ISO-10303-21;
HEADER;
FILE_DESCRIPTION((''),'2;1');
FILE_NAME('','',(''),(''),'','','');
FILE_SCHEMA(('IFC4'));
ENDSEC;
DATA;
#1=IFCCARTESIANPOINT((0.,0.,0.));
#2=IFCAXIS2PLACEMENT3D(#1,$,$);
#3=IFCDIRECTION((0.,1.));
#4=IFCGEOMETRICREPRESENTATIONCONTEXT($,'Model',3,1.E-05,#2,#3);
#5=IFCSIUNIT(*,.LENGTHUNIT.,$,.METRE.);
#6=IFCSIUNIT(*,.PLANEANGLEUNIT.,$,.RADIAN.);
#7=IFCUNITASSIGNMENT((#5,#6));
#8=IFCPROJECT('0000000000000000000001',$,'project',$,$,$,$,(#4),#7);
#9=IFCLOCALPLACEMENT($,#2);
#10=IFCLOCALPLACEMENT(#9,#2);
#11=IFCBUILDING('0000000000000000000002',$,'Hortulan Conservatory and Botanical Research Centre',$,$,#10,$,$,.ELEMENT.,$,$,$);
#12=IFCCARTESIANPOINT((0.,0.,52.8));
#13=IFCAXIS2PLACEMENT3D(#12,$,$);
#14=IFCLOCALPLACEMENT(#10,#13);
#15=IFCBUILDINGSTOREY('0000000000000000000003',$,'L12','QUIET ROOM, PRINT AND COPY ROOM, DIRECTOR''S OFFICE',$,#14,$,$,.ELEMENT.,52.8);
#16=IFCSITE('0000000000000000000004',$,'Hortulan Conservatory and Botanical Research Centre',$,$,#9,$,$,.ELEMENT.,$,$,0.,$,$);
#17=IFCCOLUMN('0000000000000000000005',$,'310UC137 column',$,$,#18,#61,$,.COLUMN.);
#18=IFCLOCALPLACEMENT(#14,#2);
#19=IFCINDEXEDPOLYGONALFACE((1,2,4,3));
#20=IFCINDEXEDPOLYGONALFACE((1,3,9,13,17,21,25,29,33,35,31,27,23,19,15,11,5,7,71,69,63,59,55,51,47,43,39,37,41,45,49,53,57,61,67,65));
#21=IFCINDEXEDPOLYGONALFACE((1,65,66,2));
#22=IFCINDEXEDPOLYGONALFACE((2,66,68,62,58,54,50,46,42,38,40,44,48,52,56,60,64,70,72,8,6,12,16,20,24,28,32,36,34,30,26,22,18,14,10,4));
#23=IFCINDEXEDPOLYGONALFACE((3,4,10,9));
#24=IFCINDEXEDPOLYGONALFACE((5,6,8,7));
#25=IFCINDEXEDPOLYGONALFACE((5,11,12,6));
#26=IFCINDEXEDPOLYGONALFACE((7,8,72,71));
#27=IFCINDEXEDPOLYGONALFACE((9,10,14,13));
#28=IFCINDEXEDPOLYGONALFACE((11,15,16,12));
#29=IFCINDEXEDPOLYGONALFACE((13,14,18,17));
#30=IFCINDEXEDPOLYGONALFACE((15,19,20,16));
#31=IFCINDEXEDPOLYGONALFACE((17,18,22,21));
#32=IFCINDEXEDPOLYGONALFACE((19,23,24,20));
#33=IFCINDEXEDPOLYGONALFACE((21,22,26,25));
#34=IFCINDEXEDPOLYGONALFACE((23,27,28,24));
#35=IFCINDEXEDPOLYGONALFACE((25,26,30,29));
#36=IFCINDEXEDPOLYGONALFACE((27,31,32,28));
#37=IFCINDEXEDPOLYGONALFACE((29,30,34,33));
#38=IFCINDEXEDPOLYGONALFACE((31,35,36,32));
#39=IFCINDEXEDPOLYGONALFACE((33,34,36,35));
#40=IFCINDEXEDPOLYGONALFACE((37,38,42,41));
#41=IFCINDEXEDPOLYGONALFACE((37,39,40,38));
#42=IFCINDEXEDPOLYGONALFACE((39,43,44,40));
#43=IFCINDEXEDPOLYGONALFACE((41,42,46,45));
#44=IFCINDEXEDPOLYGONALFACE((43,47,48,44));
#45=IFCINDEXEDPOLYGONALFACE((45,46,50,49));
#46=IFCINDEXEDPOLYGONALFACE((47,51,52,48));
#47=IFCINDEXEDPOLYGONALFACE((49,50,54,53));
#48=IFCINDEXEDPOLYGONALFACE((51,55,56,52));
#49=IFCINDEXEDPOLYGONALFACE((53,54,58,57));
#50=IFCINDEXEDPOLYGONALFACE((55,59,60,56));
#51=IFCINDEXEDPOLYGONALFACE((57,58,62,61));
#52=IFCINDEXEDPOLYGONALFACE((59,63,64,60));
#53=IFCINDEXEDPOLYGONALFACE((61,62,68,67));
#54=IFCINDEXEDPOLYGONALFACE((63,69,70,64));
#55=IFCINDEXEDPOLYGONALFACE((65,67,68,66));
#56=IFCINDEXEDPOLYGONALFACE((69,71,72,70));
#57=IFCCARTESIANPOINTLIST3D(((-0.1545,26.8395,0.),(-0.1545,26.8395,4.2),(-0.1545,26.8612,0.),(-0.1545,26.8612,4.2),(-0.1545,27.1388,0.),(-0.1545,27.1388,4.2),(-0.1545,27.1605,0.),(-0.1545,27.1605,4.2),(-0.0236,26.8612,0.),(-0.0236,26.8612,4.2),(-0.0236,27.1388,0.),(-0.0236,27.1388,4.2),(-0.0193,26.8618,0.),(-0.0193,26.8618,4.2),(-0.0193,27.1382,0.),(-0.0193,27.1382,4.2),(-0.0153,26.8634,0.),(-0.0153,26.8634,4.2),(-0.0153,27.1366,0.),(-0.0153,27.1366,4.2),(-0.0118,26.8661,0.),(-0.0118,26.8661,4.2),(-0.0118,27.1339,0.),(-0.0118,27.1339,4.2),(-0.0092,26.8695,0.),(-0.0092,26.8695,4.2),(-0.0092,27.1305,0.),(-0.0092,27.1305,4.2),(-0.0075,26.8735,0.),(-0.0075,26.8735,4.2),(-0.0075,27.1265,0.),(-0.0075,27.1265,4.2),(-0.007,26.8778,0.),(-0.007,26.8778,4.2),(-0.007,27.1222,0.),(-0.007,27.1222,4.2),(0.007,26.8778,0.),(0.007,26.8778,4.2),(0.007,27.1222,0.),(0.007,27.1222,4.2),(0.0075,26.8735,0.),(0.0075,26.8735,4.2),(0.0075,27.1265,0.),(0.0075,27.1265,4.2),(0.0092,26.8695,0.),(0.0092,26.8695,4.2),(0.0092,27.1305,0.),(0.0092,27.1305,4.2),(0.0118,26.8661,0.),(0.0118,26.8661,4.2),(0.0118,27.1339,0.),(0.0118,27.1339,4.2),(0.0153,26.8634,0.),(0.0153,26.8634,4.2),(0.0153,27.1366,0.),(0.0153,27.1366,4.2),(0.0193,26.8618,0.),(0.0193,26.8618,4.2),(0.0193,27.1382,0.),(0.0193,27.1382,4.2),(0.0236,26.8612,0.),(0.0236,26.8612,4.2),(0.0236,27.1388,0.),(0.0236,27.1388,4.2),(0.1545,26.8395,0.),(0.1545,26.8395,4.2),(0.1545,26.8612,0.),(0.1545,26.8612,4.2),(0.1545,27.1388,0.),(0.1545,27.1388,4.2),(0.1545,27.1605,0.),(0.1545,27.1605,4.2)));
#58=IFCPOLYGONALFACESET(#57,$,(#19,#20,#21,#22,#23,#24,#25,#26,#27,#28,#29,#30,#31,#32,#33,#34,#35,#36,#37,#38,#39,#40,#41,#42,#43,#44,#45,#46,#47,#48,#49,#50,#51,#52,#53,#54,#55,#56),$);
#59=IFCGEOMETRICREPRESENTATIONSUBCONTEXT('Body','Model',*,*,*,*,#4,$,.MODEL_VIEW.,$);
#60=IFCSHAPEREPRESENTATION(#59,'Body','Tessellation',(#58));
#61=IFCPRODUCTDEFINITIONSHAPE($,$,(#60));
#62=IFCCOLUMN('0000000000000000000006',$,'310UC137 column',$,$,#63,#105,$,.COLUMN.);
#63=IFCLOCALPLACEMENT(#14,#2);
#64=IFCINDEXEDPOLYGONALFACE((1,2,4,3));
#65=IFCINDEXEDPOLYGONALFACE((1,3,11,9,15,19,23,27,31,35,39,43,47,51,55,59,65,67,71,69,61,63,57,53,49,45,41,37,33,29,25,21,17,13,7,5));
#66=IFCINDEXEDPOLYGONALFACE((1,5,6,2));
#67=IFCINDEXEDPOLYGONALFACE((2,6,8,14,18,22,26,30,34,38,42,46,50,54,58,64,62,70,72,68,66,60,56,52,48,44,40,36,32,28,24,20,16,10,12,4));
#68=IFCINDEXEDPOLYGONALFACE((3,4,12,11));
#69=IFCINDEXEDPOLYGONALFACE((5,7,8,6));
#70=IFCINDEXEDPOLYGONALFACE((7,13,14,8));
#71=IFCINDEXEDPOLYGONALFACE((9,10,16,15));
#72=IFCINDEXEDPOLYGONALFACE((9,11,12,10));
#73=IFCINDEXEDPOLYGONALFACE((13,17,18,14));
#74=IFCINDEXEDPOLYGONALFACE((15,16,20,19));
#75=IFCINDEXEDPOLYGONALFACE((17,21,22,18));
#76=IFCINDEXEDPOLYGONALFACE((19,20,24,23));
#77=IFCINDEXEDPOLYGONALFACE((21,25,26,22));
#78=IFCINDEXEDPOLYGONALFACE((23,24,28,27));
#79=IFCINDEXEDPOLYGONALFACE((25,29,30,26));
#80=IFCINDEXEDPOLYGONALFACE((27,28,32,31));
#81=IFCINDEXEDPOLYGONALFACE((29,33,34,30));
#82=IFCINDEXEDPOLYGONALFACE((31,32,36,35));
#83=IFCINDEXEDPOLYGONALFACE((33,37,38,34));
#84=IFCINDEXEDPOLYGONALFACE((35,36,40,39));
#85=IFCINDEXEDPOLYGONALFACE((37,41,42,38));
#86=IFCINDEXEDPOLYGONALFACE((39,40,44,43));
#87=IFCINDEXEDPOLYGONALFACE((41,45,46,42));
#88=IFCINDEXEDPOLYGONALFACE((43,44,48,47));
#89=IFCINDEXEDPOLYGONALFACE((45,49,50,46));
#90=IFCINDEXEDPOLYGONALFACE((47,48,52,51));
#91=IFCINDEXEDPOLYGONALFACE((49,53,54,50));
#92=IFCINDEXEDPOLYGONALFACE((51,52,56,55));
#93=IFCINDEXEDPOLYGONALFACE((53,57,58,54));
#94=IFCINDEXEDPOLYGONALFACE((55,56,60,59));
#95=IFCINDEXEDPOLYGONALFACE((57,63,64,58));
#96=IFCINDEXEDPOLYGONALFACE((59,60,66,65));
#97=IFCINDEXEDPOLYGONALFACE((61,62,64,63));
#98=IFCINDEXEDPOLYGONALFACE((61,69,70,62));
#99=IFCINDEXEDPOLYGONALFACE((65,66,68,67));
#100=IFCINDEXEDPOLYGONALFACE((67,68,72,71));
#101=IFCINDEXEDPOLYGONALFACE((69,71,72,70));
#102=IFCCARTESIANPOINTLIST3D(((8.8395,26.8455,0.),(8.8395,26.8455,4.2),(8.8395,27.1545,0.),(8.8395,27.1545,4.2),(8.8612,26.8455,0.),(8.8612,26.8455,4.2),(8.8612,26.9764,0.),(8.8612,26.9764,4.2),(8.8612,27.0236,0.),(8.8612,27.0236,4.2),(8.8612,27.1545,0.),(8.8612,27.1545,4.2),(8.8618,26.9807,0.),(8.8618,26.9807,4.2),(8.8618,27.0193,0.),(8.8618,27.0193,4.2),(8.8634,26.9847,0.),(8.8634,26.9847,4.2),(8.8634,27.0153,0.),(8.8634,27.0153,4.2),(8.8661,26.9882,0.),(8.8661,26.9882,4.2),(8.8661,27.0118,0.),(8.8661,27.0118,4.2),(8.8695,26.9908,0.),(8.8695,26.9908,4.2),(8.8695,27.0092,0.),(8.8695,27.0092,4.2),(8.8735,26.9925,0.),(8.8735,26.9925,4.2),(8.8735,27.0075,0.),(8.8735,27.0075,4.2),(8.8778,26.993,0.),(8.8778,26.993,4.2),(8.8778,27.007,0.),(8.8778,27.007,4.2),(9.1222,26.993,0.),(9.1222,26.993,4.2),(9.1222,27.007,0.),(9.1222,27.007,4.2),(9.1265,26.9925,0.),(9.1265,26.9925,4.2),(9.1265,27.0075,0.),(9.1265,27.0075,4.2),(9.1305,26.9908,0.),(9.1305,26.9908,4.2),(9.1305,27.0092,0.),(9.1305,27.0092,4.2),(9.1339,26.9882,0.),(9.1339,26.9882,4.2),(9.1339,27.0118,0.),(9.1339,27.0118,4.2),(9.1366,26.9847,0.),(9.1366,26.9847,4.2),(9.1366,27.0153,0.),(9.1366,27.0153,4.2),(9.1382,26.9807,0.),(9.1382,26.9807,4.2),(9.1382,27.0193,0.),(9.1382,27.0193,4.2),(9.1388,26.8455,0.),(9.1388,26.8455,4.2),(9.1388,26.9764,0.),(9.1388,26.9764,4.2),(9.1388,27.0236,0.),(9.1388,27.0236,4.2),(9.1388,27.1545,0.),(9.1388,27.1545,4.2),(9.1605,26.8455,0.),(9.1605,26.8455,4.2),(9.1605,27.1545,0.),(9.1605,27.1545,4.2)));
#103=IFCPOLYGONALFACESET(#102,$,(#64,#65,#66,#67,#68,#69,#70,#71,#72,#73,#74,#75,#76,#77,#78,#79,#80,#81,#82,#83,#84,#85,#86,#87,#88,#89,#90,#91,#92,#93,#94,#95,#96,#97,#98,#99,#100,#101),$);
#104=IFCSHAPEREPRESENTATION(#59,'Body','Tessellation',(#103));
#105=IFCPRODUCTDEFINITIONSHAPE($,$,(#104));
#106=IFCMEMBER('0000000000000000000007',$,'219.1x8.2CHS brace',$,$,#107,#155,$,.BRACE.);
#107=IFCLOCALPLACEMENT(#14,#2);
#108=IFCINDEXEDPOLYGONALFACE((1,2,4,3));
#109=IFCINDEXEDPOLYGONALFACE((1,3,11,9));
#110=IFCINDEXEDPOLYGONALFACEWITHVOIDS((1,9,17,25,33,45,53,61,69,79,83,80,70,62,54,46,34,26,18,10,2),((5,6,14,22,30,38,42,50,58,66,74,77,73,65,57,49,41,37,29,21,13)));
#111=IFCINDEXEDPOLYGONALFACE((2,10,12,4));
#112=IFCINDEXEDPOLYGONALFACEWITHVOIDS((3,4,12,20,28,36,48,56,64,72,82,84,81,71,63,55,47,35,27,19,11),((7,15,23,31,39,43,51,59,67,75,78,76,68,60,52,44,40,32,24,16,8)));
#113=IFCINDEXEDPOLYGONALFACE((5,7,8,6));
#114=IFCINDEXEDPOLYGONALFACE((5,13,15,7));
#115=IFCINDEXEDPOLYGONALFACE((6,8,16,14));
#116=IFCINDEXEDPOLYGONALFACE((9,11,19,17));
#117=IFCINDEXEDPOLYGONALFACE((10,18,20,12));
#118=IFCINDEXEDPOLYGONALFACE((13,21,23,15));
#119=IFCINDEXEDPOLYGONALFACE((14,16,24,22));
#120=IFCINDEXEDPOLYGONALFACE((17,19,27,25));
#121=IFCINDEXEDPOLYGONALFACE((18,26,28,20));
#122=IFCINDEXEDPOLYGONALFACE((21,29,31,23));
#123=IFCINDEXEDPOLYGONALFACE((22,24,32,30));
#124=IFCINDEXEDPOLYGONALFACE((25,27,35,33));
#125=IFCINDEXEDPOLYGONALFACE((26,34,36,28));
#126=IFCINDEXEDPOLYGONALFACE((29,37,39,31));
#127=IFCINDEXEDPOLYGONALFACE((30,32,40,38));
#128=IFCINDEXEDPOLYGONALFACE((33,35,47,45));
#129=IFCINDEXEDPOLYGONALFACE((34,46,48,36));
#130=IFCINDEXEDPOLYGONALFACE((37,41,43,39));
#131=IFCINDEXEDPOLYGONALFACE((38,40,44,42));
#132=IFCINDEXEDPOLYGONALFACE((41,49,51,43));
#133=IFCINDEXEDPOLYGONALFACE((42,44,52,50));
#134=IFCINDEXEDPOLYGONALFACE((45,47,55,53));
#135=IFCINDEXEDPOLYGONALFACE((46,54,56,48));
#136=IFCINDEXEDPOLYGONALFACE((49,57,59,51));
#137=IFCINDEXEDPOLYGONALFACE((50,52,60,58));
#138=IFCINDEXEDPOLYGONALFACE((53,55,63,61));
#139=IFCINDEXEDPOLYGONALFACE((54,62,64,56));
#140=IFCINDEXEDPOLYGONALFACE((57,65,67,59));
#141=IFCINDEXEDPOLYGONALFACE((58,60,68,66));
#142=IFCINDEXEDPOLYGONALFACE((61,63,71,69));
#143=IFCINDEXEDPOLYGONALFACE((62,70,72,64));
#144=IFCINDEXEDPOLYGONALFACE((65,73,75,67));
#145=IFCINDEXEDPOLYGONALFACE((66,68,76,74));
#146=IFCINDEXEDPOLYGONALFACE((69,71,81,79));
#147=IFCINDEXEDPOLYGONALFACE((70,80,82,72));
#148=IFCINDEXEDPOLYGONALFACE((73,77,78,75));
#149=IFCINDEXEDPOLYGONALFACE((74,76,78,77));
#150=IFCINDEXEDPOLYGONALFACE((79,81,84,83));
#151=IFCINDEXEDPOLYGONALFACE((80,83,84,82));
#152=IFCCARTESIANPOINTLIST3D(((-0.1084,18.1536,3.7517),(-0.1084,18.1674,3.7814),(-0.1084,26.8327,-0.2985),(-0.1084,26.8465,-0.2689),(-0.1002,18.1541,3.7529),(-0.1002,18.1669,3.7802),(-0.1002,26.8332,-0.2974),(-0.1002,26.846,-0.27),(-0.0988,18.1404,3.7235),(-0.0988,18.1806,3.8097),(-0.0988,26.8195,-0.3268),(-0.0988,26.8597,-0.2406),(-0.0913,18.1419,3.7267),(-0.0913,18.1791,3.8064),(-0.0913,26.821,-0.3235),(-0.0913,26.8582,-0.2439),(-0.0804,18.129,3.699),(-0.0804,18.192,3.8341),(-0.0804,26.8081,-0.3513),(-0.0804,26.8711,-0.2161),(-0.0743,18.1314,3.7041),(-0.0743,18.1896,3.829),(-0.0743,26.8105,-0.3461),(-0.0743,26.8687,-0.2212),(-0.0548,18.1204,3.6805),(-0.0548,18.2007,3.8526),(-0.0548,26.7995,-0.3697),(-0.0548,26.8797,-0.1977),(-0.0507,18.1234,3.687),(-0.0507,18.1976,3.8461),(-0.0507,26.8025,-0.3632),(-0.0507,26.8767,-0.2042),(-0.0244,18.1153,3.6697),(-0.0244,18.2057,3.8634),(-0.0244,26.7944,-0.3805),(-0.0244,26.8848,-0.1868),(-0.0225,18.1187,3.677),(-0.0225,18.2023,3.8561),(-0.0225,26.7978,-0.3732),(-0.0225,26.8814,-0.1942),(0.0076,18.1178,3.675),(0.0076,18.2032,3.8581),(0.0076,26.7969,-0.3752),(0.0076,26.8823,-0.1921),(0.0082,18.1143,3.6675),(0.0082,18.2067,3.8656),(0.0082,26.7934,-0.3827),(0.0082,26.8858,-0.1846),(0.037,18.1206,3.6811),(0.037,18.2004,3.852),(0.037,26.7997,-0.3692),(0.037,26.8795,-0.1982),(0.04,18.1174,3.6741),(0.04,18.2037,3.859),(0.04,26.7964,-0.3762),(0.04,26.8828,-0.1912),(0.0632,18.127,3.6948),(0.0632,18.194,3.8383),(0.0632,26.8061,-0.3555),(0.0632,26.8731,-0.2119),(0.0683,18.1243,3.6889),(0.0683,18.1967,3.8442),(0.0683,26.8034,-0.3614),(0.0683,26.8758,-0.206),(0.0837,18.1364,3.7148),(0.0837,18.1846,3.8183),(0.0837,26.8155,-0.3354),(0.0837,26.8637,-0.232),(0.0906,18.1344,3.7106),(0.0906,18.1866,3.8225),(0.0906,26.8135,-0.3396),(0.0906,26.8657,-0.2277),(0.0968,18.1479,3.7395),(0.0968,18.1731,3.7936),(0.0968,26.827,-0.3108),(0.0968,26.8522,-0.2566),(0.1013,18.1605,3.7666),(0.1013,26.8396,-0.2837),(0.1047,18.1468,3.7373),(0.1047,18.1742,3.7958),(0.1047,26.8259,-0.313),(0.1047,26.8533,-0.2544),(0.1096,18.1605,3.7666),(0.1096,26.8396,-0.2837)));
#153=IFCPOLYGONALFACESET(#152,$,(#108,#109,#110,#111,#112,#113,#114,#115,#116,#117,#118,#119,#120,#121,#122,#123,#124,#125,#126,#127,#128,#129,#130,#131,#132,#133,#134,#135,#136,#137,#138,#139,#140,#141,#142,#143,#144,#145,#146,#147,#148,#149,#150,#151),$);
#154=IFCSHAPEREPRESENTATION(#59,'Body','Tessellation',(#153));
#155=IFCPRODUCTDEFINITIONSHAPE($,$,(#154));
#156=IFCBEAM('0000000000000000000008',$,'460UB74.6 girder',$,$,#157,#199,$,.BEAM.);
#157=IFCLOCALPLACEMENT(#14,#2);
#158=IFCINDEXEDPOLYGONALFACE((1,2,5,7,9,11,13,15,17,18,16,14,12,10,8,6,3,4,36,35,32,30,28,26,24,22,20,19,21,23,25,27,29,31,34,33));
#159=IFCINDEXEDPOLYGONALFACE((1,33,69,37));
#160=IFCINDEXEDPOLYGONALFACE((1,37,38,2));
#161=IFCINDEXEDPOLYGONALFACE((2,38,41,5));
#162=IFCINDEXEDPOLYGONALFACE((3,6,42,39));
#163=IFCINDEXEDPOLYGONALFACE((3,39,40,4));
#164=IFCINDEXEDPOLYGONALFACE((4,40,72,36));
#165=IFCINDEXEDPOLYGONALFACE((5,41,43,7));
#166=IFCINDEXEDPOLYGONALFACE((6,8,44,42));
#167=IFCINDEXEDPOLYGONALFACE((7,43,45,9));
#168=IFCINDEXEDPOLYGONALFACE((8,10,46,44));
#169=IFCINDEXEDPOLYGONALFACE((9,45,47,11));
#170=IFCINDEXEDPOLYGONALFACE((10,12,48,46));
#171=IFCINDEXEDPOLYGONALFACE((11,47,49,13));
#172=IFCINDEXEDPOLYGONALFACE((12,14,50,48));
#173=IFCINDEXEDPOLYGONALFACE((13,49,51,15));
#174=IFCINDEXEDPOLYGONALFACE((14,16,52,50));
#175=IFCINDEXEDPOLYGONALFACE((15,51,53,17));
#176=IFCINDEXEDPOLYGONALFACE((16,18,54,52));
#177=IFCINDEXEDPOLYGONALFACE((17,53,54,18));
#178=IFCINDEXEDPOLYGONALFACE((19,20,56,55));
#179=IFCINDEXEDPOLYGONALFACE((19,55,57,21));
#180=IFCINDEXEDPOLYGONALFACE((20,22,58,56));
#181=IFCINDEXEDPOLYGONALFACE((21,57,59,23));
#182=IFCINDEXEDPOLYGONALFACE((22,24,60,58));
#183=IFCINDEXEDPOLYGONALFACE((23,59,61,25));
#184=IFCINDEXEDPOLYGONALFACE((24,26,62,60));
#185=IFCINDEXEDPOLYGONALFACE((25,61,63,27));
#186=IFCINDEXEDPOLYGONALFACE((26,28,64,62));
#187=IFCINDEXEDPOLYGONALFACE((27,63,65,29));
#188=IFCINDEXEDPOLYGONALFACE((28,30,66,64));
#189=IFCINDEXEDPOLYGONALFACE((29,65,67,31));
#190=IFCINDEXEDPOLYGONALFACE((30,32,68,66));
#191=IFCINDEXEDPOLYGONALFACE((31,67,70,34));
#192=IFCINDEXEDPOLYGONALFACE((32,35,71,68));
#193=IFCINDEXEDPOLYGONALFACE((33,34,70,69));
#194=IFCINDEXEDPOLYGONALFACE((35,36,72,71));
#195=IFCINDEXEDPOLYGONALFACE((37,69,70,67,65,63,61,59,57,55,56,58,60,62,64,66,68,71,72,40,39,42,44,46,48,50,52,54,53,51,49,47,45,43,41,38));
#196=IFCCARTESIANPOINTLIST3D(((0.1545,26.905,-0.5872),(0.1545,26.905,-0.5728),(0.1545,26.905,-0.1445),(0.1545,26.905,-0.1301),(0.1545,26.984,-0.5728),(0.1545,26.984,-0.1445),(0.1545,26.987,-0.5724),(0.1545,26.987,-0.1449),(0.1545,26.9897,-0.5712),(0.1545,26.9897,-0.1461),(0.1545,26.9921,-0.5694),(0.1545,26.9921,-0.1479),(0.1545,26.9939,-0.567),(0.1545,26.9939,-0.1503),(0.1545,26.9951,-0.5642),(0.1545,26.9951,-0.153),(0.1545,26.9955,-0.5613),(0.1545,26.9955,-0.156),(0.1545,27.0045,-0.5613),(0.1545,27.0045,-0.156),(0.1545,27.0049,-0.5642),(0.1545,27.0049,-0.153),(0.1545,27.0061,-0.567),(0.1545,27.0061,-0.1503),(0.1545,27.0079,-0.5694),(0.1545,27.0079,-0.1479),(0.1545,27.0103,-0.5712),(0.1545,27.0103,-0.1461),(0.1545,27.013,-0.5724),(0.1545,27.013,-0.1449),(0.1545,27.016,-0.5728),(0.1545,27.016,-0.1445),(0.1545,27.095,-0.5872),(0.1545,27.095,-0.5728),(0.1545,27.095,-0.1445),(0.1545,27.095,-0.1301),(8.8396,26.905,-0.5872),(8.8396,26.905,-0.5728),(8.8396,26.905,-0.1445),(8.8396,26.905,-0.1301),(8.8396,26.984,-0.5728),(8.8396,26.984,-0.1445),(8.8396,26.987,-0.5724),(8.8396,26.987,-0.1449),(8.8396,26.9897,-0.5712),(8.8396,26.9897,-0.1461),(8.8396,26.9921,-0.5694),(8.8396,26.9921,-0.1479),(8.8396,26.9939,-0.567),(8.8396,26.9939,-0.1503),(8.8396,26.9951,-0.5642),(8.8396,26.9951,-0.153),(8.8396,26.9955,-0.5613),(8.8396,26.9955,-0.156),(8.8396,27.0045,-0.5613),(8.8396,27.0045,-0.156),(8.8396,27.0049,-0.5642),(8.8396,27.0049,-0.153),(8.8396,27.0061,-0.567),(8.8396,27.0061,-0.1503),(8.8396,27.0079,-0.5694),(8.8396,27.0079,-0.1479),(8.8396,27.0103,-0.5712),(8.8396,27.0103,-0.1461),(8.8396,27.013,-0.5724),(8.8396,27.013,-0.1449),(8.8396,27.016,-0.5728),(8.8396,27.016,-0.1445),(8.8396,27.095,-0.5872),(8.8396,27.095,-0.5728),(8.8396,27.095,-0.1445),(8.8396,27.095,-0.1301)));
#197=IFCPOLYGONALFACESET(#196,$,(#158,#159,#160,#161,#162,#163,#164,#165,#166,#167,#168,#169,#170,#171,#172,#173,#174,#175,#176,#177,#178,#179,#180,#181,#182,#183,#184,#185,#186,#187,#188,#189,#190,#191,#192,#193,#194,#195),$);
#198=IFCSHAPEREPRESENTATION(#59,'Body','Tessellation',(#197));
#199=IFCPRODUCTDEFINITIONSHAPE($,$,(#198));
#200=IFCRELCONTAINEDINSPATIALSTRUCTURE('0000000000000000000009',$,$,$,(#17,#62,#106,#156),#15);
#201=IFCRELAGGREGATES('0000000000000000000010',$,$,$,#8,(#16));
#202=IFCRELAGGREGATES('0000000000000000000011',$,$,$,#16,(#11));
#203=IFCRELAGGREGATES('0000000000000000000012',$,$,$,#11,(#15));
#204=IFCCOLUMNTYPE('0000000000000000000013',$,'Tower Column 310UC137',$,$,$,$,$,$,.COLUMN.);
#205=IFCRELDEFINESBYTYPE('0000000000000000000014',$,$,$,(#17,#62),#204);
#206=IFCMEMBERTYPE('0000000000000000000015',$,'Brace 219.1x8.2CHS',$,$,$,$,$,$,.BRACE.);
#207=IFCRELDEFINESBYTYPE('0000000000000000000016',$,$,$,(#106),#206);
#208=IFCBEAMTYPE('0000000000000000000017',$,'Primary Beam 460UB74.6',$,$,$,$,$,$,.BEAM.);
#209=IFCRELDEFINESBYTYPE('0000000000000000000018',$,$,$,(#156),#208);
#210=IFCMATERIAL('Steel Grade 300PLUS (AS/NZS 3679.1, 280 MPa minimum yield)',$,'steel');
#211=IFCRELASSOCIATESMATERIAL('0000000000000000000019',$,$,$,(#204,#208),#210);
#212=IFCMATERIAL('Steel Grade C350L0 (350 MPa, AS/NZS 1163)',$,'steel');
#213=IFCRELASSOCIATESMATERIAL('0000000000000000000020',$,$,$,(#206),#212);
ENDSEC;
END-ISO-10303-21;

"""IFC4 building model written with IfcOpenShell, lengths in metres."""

from ifc_helpers import new_model, si_unit, direction, frame, origin, origin_2d, place, context, subcontext, project, spatial, hollow_circle, i_section, extrude, material, material_profile, profile_set, type_object, element, save


model = new_model("IFC4")

# Units and contexts
model_context = context("Model", 3, precision=1e-05, world=origin(), true_north=direction((0.0, 1.0)))
body_context = subcontext(model_context, "Body", "Model", "MODEL_VIEW")
ifc_project = project(units=[si_unit("LENGTHUNIT", "METRE"), si_unit("PLANEANGLEUNIT", "RADIAN")], contexts=[model_context])

# Site, building, storey
site_placement = place(None, origin())
site = spatial("IfcSite", under=ifc_project, at=site_placement, Name="Hortulan Conservatory and Botanical Research Centre", CompositionType="ELEMENT", RefElevation=0.0)
building_placement = place(site_placement, origin())
building = spatial("IfcBuilding", under=site, at=building_placement, Name="Hortulan Conservatory and Botanical Research Centre", CompositionType="ELEMENT")
storey_placement = place(building_placement, frame((0.0, 0.0, 52.8)))
storey = spatial("IfcBuildingStorey", under=building, at=storey_placement, Name="L12", Description="QUIET ROOM, PRINT AND COPY ROOM, DIRECTOR'S OFFICE", CompositionType="ELEMENT", Elevation=52.8)

# Columns
ifc_material_1 = material(Name="Steel Grade 300PLUS (AS/NZS 3679.1, 280 MPa minimum yield)", Category="steel")
ifc_material_profile_1 = material_profile(ifc_material_1, i_section(OverallWidth=0.3091, OverallDepth=0.321, WebThickness=0.0139, FlangeThickness=0.0217, FilletRadius=0.0166, at=origin_2d()), Name="310UC137")
ifc_profile_set_1 = profile_set([ifc_material_profile_1], Name="Steel Grade 300PLUS (AS/NZS 3679.1, 280 MPa minimum yield)")
column_type = type_object("IfcColumnType", Name="Tower Column 310UC137", PredefinedType="COLUMN", material=ifc_profile_set_1)
for number, where, z_axis, x_axis, name in (
    (1, (0.0, 27.0, 0.0), (0.0, 0.0, 1.0), (1.0, 0.0, 0.0), "310UC137 column"),
    (2, (9.0, 27.0, 0.0), (0.0, 0.0, 1.0), (0.0, 1.0, 0.0), "310UC137 column"),
):
    element("IfcColumn", number, at=place(storey_placement, frame(where, z_axis=z_axis, x_axis=x_axis)), inside=storey, type_object=column_type, Name=name, PredefinedType="COLUMN", context=body_context, shape_type="SweptSolid", body=[
        extrude(i_section(OverallWidth=0.3091, OverallDepth=0.321, WebThickness=0.0139, FlangeThickness=0.0217, FilletRadius=0.0166, at=origin_2d()), origin(), (0.0, 0.0, 1.0), 4.2),
    ])

# Member
ifc_material_2 = material(Name="Steel Grade C350L0 (350 MPa, AS/NZS 1163)", Category="steel")
ifc_material_profile_2 = material_profile(ifc_material_2, hollow_circle(Radius=0.1096, WallThickness=0.0083, at=origin_2d()), Name="219.1x8.2CHS")
ifc_profile_set_2 = profile_set([ifc_material_profile_2], Name="Steel Grade C350L0 (350 MPa, AS/NZS 1163)")
member_type = type_object("IfcMemberType", Name="Brace 219.1x8.2CHS", PredefinedType="BRACE", material=ifc_profile_set_2)
member_placement = place(storey_placement, frame((0.0, 26.8396, -0.2837), z_axis=(0.0, -0.906183, 0.422885), x_axis=(1.0, 0.0, 0.0)))
element("IfcMember", 3, at=member_placement, inside=storey, type_object=member_type, Name="219.1x8.2CHS brace", PredefinedType="BRACE", context=body_context, shape_type="SweptSolid", body=[
    extrude(hollow_circle(Radius=0.1096, WallThickness=0.0083, at=origin_2d()), origin(), (0.0, 0.0, 1.0), 9.5776),
])

# Beam
ifc_material_profile_3 = material_profile(ifc_material_1, i_section(OverallWidth=0.1899, OverallDepth=0.457, WebThickness=0.009, FlangeThickness=0.0144, FilletRadius=0.0115, at=origin_2d()), Name="460UB74.6")
ifc_profile_set_3 = profile_set([ifc_material_profile_3], Name="Steel Grade 300PLUS (AS/NZS 3679.1, 280 MPa minimum yield)")
beam_type_1 = type_object("IfcBeamType", Name="Primary Beam 460UB74.6", PredefinedType="BEAM", material=ifc_profile_set_3)
beam_1_placement = place(storey_placement, frame((0.1545, 27.0, -0.3586), z_axis=(1.0, 0.0, 0.0), x_axis=(0.0, 1.0, 0.0)))
element("IfcBeam", 4, at=beam_1_placement, inside=storey, type_object=beam_type_1, Name="460UB74.6 girder", PredefinedType="BEAM", context=body_context, shape_type="SweptSolid", body=[
    extrude(i_section(OverallWidth=0.1899, OverallDepth=0.457, WebThickness=0.009, FlangeThickness=0.0144, FilletRadius=0.0115, at=origin_2d()), origin(), (0.0, 0.0, 1.0), 8.6851),
])

save(model, "model.ifc")
